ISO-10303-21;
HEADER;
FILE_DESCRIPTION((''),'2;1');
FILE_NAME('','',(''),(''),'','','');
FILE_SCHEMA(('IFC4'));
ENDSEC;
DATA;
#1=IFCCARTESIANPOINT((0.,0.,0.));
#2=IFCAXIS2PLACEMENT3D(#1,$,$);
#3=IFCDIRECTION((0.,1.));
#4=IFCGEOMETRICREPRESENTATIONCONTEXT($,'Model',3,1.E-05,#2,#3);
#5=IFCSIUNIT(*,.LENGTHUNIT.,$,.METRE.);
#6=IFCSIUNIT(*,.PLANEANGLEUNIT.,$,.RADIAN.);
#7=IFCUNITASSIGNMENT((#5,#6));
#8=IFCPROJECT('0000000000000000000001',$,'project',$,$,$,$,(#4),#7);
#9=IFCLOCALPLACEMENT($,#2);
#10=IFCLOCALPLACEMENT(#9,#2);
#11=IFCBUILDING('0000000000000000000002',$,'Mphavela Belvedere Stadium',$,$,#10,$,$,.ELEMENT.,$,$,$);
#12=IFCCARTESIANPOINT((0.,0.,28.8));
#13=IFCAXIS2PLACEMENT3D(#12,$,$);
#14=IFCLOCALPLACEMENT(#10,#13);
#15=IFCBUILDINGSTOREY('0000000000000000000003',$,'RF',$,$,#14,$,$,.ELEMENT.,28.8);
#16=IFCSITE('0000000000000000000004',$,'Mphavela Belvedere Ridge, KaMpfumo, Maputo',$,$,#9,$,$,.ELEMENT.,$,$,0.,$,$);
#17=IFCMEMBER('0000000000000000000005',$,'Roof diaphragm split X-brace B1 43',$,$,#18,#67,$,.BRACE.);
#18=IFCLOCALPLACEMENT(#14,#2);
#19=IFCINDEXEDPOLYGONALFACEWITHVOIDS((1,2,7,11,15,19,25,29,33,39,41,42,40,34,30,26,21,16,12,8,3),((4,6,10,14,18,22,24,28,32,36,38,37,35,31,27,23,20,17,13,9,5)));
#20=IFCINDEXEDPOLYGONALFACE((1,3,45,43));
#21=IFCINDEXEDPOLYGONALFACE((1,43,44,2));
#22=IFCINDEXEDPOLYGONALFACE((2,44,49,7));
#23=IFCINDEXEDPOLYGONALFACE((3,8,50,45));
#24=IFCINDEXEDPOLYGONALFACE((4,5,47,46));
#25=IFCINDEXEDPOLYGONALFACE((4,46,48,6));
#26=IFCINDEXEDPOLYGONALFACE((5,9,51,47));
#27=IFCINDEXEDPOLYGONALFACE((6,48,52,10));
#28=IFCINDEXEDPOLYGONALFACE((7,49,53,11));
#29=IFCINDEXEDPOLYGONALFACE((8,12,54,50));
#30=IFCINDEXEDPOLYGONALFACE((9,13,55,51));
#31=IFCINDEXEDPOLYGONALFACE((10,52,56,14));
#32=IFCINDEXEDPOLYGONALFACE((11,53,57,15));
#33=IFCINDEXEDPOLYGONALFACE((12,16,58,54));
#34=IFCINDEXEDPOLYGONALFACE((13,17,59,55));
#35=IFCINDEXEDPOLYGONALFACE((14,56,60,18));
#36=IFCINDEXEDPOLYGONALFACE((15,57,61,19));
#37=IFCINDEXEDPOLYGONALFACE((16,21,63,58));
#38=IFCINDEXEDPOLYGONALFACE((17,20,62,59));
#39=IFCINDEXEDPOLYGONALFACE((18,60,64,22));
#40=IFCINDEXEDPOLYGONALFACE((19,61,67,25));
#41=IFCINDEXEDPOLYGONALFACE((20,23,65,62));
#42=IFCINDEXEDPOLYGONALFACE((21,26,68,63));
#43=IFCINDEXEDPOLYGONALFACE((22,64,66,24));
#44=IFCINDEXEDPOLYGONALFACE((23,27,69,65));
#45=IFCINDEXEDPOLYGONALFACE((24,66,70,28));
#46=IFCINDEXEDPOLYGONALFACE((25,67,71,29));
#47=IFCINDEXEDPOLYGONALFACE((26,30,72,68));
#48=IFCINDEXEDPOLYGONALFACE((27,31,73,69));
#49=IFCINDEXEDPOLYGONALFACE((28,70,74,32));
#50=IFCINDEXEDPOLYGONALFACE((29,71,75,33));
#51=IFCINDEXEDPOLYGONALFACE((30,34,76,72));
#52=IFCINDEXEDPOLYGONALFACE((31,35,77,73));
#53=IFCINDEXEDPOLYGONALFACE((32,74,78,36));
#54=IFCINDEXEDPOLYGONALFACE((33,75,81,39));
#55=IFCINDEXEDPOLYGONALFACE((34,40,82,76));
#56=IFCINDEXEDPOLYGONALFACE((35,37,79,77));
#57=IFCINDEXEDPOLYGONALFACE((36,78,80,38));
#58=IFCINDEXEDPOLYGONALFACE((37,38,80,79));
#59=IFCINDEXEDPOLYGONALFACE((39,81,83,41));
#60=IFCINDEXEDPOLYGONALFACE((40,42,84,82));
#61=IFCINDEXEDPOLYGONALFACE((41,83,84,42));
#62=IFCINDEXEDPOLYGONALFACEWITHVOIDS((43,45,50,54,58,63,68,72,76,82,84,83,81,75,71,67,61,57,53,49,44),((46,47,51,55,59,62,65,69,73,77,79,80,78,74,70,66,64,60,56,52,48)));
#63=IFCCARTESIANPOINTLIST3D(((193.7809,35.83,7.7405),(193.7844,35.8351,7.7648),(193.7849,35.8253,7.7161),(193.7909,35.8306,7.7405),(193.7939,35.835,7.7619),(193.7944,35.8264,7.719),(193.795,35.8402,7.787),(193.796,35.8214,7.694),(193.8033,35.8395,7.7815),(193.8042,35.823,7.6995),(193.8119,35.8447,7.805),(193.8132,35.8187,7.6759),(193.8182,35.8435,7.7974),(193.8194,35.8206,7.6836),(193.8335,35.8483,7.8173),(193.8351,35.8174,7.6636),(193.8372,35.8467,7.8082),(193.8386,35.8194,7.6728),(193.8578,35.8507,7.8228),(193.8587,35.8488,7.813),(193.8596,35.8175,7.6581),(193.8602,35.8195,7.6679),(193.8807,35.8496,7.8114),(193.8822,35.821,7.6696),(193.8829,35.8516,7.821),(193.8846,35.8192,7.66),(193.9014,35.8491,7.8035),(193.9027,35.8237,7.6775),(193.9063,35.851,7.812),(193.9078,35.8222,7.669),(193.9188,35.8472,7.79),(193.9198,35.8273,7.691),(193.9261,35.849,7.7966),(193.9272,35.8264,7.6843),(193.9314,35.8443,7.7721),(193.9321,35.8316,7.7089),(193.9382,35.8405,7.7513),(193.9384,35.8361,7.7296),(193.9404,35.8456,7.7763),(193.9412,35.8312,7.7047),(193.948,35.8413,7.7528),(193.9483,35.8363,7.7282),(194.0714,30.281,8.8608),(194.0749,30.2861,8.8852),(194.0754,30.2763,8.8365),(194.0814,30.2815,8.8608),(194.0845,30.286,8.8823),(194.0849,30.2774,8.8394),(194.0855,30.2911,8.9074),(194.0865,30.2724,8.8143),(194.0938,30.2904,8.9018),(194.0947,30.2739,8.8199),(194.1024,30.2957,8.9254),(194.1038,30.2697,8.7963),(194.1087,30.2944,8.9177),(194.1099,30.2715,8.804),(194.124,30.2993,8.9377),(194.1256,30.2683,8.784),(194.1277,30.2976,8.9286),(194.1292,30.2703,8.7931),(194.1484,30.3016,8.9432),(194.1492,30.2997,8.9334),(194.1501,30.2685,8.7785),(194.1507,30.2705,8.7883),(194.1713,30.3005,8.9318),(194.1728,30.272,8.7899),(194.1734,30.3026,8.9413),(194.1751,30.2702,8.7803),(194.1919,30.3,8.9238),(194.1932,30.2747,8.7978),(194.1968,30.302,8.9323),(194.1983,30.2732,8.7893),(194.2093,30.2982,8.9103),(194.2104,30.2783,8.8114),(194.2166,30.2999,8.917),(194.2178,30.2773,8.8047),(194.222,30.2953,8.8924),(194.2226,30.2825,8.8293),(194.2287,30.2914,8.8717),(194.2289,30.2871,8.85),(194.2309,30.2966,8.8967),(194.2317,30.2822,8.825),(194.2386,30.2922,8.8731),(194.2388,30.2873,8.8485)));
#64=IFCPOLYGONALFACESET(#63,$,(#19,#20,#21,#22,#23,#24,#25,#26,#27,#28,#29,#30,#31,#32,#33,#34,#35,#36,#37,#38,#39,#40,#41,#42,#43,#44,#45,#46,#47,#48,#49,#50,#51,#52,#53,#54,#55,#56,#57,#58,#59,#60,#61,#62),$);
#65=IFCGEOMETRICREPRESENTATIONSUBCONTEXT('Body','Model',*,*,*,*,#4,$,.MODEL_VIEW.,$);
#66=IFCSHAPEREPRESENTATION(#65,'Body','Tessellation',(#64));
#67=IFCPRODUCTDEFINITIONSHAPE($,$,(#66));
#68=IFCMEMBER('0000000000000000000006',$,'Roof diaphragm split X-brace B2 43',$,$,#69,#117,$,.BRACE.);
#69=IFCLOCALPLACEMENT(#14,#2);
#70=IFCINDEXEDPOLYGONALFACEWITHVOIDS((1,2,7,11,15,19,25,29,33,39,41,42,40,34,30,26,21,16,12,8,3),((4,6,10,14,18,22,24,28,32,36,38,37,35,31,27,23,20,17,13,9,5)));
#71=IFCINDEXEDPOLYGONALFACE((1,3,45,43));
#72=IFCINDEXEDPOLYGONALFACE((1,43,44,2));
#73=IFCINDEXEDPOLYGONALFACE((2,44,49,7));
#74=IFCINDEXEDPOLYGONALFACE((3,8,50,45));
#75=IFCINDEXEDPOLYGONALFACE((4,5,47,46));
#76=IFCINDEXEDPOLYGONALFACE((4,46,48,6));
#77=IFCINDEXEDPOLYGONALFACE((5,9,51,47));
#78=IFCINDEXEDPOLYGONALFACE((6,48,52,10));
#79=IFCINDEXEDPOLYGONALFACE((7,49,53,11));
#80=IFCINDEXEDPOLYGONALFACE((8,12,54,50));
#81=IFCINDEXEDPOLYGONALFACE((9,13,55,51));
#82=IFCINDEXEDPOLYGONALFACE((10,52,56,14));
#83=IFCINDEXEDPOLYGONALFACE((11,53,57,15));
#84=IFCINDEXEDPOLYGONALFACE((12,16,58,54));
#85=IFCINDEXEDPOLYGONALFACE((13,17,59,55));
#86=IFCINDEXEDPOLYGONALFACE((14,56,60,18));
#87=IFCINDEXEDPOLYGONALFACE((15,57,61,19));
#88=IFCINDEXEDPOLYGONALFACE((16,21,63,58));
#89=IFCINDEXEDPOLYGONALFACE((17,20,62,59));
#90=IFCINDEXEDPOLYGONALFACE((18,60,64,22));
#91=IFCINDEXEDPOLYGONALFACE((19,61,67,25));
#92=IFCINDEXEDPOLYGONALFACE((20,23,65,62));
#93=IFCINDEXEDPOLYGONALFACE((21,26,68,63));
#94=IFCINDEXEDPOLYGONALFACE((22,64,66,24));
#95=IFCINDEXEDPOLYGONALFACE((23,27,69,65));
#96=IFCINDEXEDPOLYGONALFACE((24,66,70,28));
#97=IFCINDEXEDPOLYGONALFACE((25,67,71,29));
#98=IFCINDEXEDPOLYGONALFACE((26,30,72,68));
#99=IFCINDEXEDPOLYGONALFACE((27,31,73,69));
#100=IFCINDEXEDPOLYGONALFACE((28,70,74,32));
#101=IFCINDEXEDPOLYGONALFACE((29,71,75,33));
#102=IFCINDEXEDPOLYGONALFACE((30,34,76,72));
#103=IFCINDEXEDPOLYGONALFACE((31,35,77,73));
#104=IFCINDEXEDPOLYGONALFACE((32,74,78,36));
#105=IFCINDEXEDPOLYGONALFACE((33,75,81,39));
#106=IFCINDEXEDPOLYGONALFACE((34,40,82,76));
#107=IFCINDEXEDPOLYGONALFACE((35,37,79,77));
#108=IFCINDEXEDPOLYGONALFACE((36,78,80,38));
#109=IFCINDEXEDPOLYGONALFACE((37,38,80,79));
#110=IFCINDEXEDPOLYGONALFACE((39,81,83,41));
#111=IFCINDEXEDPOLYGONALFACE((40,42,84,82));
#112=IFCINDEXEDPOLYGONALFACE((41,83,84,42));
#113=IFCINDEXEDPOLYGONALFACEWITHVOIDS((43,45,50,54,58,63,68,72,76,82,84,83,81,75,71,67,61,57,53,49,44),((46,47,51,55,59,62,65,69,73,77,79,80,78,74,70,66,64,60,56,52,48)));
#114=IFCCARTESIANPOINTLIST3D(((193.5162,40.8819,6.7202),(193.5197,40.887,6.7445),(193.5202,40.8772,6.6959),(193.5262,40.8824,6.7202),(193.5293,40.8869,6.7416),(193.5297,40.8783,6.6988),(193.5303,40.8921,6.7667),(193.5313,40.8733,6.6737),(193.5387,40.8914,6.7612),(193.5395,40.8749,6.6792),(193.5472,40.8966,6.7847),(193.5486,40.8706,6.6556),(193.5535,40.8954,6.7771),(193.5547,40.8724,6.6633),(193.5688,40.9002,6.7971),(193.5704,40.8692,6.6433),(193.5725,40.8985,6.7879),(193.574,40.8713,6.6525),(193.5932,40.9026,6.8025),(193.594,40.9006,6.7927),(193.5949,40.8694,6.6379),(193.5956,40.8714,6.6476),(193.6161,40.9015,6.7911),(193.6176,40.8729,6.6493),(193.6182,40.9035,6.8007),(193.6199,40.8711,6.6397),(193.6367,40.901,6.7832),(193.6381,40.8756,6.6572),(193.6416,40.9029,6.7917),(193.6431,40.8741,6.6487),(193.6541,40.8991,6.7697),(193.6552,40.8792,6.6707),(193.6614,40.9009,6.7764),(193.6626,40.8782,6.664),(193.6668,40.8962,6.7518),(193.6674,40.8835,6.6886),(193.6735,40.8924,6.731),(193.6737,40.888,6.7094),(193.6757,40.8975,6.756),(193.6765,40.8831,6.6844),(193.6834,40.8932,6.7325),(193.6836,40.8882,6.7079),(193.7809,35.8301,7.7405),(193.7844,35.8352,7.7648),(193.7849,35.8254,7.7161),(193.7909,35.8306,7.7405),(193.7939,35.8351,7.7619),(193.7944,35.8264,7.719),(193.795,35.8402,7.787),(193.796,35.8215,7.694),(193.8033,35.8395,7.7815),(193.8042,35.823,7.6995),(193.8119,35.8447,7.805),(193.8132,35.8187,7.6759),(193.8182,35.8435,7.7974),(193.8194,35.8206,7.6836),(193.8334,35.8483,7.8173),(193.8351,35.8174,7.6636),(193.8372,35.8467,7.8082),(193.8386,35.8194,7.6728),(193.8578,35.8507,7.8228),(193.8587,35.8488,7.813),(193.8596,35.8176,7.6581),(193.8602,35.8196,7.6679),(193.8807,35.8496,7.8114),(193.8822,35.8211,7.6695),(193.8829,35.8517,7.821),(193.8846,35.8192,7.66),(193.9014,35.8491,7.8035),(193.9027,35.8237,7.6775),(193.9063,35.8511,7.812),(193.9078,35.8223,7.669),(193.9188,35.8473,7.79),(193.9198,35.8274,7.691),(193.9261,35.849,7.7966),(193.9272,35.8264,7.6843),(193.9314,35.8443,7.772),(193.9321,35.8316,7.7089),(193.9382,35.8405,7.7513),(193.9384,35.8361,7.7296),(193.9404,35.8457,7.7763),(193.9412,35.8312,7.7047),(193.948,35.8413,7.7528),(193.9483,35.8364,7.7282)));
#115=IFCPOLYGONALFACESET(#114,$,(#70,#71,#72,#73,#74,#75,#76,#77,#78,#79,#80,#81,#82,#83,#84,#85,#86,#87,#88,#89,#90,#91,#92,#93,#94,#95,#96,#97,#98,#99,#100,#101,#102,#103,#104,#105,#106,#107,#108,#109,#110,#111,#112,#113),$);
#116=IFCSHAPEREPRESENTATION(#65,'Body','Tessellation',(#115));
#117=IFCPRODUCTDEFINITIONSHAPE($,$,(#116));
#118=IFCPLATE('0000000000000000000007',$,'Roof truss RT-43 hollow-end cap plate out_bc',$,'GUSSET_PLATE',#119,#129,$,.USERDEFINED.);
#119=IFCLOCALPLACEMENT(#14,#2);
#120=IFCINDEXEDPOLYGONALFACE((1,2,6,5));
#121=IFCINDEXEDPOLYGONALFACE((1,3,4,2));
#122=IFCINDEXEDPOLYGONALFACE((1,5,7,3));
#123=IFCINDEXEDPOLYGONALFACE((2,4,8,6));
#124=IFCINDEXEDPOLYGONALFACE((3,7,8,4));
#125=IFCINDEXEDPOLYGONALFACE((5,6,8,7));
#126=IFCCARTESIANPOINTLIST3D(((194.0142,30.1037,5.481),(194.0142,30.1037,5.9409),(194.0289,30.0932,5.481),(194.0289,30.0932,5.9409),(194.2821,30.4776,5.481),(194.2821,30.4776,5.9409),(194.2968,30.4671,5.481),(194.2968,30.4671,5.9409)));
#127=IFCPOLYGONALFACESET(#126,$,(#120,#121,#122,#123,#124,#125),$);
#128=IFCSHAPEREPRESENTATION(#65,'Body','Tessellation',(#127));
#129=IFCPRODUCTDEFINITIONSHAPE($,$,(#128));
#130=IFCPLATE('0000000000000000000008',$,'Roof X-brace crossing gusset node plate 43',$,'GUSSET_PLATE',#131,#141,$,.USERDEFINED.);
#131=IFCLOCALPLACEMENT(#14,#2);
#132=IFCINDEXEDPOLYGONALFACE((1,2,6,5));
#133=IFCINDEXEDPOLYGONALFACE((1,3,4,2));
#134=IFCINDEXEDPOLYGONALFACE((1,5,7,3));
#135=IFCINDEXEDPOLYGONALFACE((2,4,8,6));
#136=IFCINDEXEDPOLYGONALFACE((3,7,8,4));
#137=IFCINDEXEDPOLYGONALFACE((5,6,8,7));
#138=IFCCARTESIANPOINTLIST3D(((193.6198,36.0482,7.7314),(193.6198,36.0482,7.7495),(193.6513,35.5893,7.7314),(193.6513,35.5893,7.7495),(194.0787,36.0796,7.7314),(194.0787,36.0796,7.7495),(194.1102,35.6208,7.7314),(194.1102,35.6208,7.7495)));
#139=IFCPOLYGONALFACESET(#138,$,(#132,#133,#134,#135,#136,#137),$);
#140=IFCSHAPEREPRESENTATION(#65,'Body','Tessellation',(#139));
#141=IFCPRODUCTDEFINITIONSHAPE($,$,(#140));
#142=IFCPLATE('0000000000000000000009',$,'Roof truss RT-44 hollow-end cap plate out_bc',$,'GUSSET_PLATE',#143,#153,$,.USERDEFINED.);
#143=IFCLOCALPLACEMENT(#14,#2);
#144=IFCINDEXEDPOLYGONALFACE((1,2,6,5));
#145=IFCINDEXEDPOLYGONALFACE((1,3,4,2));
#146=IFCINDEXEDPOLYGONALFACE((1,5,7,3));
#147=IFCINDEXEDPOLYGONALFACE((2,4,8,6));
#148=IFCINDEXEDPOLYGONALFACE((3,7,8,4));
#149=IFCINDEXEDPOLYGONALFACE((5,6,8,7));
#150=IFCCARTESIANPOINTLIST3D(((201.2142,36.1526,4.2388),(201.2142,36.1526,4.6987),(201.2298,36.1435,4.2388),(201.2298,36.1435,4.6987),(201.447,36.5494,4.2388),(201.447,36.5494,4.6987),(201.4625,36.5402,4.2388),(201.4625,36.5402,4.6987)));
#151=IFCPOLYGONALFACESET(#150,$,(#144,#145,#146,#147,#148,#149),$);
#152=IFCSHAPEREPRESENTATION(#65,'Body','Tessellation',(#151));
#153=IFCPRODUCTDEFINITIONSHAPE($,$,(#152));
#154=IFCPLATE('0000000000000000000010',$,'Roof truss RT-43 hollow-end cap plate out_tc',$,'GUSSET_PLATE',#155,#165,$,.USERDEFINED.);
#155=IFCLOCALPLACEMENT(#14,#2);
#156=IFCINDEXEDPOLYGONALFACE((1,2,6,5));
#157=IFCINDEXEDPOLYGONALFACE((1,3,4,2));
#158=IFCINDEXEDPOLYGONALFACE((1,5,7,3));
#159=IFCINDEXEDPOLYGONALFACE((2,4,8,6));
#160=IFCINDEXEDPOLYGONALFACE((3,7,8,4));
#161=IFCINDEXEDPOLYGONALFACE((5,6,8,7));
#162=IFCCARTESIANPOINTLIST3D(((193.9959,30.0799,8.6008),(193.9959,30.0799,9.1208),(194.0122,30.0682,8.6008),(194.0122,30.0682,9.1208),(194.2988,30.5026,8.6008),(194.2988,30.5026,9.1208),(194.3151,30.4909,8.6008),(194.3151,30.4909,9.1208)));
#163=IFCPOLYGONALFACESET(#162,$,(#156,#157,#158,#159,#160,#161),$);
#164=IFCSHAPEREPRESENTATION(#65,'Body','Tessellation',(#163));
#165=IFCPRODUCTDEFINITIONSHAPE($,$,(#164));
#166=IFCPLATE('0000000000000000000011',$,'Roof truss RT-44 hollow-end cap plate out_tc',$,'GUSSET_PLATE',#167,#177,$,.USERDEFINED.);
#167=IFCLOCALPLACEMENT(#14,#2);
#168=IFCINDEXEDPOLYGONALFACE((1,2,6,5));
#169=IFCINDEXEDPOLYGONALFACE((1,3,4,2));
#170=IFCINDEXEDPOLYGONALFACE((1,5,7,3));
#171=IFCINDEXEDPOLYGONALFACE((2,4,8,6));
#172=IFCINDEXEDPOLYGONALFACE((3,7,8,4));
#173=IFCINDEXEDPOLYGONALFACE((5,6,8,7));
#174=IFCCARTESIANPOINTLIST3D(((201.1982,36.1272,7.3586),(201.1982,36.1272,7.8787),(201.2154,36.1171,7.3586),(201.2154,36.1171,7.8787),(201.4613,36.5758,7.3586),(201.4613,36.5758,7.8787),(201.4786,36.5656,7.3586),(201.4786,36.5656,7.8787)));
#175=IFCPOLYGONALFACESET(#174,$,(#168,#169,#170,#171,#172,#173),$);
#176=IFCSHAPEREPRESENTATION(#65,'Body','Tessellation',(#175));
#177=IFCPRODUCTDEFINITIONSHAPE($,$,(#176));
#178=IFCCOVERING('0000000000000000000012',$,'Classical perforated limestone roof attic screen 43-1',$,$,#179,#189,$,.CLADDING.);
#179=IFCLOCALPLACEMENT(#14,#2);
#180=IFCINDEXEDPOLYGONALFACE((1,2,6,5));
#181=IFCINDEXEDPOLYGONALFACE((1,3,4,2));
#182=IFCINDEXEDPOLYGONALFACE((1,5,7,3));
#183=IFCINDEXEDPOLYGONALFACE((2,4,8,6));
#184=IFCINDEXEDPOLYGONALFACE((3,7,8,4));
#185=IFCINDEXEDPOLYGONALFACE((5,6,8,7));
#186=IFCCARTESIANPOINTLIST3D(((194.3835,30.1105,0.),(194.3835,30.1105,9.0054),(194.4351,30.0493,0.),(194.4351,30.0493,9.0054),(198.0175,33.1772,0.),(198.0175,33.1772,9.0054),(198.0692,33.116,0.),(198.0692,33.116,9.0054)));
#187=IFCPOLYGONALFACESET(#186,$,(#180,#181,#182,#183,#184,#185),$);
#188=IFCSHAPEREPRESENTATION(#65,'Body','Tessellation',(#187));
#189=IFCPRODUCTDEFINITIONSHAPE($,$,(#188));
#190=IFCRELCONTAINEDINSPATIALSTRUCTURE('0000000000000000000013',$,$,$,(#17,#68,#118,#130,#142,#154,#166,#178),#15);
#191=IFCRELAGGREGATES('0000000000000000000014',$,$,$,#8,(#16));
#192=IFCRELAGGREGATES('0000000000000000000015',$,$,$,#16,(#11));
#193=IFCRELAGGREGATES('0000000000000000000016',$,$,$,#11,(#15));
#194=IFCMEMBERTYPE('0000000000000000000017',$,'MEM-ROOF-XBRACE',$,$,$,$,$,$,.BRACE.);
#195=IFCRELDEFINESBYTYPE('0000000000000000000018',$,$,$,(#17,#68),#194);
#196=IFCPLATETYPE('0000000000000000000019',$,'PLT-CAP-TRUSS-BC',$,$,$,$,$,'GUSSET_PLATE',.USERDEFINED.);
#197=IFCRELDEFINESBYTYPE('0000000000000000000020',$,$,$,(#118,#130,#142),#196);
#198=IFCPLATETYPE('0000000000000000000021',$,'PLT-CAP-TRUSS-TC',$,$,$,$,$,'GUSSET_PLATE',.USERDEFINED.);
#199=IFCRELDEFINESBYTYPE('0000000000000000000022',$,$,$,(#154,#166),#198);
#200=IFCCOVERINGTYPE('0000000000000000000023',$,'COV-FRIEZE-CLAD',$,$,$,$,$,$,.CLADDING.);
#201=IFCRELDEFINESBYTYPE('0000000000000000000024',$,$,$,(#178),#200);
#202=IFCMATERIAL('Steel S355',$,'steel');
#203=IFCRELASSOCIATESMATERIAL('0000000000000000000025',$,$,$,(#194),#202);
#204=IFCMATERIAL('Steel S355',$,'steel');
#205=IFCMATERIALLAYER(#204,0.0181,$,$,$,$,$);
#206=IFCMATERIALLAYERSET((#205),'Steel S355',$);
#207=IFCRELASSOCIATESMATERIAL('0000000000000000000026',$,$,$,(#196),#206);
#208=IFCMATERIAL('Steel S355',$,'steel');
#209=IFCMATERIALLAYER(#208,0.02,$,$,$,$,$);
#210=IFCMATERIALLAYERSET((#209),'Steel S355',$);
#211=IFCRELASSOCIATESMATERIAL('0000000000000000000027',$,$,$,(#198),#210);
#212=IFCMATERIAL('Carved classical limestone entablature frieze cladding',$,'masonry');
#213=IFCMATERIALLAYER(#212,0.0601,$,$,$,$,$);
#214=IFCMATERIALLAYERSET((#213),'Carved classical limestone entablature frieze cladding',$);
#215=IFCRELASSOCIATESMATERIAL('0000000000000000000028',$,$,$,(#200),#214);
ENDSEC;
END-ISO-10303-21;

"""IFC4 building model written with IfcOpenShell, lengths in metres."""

from ifc_helpers import new_model, si_unit, direction, frame, origin, origin_2d, place, context, subcontext, project, spatial, rectangle, hollow_circle, extrude, material, layer, layer_set, material_profile, profile_set, type_object, element, save


model = new_model("IFC4")

# Units and contexts
model_context = context("Model", 3, precision=1e-05, world=origin(), true_north=direction((0.0, 1.0)))
body_context = subcontext(model_context, "Body", "Model", "MODEL_VIEW")
ifc_project = project(units=[si_unit("LENGTHUNIT", "METRE"), si_unit("PLANEANGLEUNIT", "RADIAN")], contexts=[model_context])

# Site, building, storey
site_placement = place(None, origin())
site = spatial("IfcSite", under=ifc_project, at=site_placement, Name="Mphavela Belvedere Ridge, KaMpfumo, Maputo", CompositionType="ELEMENT", RefElevation=0.0)
building_placement = place(site_placement, origin())
building = spatial("IfcBuilding", under=site, at=building_placement, Name="Mphavela Belvedere Stadium", CompositionType="ELEMENT")
storey_placement = place(building_placement, frame((0.0, 0.0, 28.8)))
storey = spatial("IfcBuildingStorey", under=building, at=storey_placement, Name="RF", CompositionType="ELEMENT", Elevation=28.8)

# Members
ifc_material_1 = material(Name="Steel S355", Category="steel")
ifc_material_profile_1 = material_profile(ifc_material_1, hollow_circle(Radius=0.0842, WallThickness=0.01, at=origin_2d()), Name="CHS 168.3x10")
ifc_profile_set_1 = profile_set([ifc_material_profile_1], Name="Steel S355")
member_type_1 = type_object("IfcMemberType", Name="MEM-ROOF-XBRACE", PredefinedType="BRACE", material=ifc_profile_set_1)
member_1_placement = place(storey_placement, frame((194.1555, 30.2854, 8.8608), z_axis=(-0.051253, 0.978932, -0.197647), x_axis=(-0.998632, -0.052284, 0.0)))
element("IfcMember", 1, at=member_1_placement, inside=storey, type_object=member_type_1, Name="Roof diaphragm split X-brace B1 43", PredefinedType="BRACE", context=body_context, shape_type="SweptSolid", body=[
    extrude(hollow_circle(Radius=0.0842, WallThickness=0.01, at=origin_2d()), origin(), (0.0, 0.0, 1.0), 5.6685),
])
member_2_placement = place(storey_placement, frame((193.865, 35.8345, 7.7405), z_axis=(-0.051283, 0.978919, -0.197705), x_axis=(-0.998631, -0.052316, 0.0)))
element("IfcMember", 2, at=member_2_placement, inside=storey, type_object=member_type_1, Name="Roof diaphragm split X-brace B2 43", PredefinedType="BRACE", context=body_context, shape_type="SweptSolid", body=[
    extrude(hollow_circle(Radius=0.0842, WallThickness=0.01, at=origin_2d()), origin(), (0.0, 0.0, 1.0), 5.1606),
])

# Plates
ifc_material_2 = material(Name="Steel S355", Category="steel")
ifc_layer_1 = layer(ifc_material_2, 0.0181)
ifc_layer_set_1 = layer_set([ifc_layer_1], Name="Steel S355")
plate_type_1 = type_object("IfcPlateType", Name="PLT-CAP-TRUSS-BC", ElementType="GUSSET_PLATE", PredefinedType="USERDEFINED", material=ifc_layer_set_1)
plate_1_placement = place(storey_placement, frame((194.1555, 30.2854, 5.481), z_axis=(0.0, 0.0, 1.0), x_axis=(0.812898, -0.582407, 0.0)))
element("IfcPlate", 3, at=plate_1_placement, inside=storey, type_object=plate_type_1, Name="Roof truss RT-43 hollow-end cap plate out_bc", ObjectType="GUSSET_PLATE", PredefinedType="USERDEFINED", context=body_context, shape_type="SweptSolid", body=[
    extrude(rectangle(XDim=0.0181, YDim=0.46, at=origin_2d()), origin(), (0.0, 0.0, 1.0), 0.46),
])
plate_2_placement = place(storey_placement, frame((193.865, 35.8345, 7.7314), z_axis=(0.0, 0.0, 1.0), x_axis=(0.99766, 0.068364, 0.0)))
element("IfcPlate", 4, at=plate_2_placement, inside=storey, type_object=plate_type_1, Name="Roof X-brace crossing gusset node plate 43", ObjectType="GUSSET_PLATE", PredefinedType="USERDEFINED", context=body_context, shape_type="SweptSolid", body=[
    extrude(rectangle(XDim=0.46, YDim=0.46, at=origin_2d()), origin(), (0.0, 0.0, 1.0), 0.0181),
])
plate_3_placement = place(storey_placement, frame((201.3384, 36.3464, 4.2388), z_axis=(0.0, 0.0, 1.0), x_axis=(0.862514, -0.506034, 0.0)))
element("IfcPlate", 5, at=plate_3_placement, inside=storey, type_object=plate_type_1, Name="Roof truss RT-44 hollow-end cap plate out_bc", ObjectType="GUSSET_PLATE", PredefinedType="USERDEFINED", context=body_context, shape_type="SweptSolid", body=[
    extrude(rectangle(XDim=0.0181, YDim=0.46, at=origin_2d()), origin(), (0.0, 0.0, 1.0), 0.46),
])
ifc_material_3 = material(Name="Steel S355", Category="steel")
ifc_layer_2 = layer(ifc_material_3, 0.02)
ifc_layer_set_2 = layer_set([ifc_layer_2], Name="Steel S355")
plate_type_2 = type_object("IfcPlateType", Name="PLT-CAP-TRUSS-TC", ElementType="GUSSET_PLATE", PredefinedType="USERDEFINED", material=ifc_layer_set_2)
for number, where, z_axis, x_axis, name in (
    (6, (194.1555, 30.2854, 8.6008), (0.0, 0.0, 1.0), (0.812898, -0.582407, 0.0), "Roof truss RT-43 hollow-end cap plate out_tc"),
    (7, (201.3384, 36.3464, 7.3586), (0.0, 0.0, 1.0), (0.862514, -0.506034, 0.0), "Roof truss RT-44 hollow-end cap plate out_tc"),
):
    element("IfcPlate", number, at=place(storey_placement, frame(where, z_axis=z_axis, x_axis=x_axis)), inside=storey, type_object=plate_type_2, Name=name, ObjectType="GUSSET_PLATE", PredefinedType="USERDEFINED", context=body_context, shape_type="SweptSolid", body=[
        extrude(rectangle(XDim=0.02, YDim=0.52, at=origin_2d()), origin(), (0.0, 0.0, 1.0), 0.52),
    ])

# Covering
ifc_material_4 = material(Name="Carved classical limestone entablature frieze cladding", Category="masonry")
ifc_layer_3 = layer(ifc_material_4, 0.0601)
ifc_layer_set_3 = layer_set([ifc_layer_3], Name="Carved classical limestone entablature frieze cladding")
covering_type = type_object("IfcCoveringType", Name="COV-FRIEZE-CLAD", PredefinedType="CLADDING", material=ifc_layer_set_3)
covering_1_placement = place(storey_placement, frame((196.2263, 31.6133, 0.0), z_axis=(0.0, 0.0, 1.0), x_axis=(0.764246, 0.644924, 0.0)))
element("IfcCovering", 8, at=covering_1_placement, inside=storey, type_object=covering_type, Name="Classical perforated limestone roof attic screen 43-1", PredefinedType="CLADDING", context=body_context, shape_type="SweptSolid", body=[
    extrude(rectangle(XDim=4.7551, YDim=0.0801, at=origin_2d()), origin(), (0.0, 0.0, 1.0), 9.0054),
])

save(model, "model.ifc")
